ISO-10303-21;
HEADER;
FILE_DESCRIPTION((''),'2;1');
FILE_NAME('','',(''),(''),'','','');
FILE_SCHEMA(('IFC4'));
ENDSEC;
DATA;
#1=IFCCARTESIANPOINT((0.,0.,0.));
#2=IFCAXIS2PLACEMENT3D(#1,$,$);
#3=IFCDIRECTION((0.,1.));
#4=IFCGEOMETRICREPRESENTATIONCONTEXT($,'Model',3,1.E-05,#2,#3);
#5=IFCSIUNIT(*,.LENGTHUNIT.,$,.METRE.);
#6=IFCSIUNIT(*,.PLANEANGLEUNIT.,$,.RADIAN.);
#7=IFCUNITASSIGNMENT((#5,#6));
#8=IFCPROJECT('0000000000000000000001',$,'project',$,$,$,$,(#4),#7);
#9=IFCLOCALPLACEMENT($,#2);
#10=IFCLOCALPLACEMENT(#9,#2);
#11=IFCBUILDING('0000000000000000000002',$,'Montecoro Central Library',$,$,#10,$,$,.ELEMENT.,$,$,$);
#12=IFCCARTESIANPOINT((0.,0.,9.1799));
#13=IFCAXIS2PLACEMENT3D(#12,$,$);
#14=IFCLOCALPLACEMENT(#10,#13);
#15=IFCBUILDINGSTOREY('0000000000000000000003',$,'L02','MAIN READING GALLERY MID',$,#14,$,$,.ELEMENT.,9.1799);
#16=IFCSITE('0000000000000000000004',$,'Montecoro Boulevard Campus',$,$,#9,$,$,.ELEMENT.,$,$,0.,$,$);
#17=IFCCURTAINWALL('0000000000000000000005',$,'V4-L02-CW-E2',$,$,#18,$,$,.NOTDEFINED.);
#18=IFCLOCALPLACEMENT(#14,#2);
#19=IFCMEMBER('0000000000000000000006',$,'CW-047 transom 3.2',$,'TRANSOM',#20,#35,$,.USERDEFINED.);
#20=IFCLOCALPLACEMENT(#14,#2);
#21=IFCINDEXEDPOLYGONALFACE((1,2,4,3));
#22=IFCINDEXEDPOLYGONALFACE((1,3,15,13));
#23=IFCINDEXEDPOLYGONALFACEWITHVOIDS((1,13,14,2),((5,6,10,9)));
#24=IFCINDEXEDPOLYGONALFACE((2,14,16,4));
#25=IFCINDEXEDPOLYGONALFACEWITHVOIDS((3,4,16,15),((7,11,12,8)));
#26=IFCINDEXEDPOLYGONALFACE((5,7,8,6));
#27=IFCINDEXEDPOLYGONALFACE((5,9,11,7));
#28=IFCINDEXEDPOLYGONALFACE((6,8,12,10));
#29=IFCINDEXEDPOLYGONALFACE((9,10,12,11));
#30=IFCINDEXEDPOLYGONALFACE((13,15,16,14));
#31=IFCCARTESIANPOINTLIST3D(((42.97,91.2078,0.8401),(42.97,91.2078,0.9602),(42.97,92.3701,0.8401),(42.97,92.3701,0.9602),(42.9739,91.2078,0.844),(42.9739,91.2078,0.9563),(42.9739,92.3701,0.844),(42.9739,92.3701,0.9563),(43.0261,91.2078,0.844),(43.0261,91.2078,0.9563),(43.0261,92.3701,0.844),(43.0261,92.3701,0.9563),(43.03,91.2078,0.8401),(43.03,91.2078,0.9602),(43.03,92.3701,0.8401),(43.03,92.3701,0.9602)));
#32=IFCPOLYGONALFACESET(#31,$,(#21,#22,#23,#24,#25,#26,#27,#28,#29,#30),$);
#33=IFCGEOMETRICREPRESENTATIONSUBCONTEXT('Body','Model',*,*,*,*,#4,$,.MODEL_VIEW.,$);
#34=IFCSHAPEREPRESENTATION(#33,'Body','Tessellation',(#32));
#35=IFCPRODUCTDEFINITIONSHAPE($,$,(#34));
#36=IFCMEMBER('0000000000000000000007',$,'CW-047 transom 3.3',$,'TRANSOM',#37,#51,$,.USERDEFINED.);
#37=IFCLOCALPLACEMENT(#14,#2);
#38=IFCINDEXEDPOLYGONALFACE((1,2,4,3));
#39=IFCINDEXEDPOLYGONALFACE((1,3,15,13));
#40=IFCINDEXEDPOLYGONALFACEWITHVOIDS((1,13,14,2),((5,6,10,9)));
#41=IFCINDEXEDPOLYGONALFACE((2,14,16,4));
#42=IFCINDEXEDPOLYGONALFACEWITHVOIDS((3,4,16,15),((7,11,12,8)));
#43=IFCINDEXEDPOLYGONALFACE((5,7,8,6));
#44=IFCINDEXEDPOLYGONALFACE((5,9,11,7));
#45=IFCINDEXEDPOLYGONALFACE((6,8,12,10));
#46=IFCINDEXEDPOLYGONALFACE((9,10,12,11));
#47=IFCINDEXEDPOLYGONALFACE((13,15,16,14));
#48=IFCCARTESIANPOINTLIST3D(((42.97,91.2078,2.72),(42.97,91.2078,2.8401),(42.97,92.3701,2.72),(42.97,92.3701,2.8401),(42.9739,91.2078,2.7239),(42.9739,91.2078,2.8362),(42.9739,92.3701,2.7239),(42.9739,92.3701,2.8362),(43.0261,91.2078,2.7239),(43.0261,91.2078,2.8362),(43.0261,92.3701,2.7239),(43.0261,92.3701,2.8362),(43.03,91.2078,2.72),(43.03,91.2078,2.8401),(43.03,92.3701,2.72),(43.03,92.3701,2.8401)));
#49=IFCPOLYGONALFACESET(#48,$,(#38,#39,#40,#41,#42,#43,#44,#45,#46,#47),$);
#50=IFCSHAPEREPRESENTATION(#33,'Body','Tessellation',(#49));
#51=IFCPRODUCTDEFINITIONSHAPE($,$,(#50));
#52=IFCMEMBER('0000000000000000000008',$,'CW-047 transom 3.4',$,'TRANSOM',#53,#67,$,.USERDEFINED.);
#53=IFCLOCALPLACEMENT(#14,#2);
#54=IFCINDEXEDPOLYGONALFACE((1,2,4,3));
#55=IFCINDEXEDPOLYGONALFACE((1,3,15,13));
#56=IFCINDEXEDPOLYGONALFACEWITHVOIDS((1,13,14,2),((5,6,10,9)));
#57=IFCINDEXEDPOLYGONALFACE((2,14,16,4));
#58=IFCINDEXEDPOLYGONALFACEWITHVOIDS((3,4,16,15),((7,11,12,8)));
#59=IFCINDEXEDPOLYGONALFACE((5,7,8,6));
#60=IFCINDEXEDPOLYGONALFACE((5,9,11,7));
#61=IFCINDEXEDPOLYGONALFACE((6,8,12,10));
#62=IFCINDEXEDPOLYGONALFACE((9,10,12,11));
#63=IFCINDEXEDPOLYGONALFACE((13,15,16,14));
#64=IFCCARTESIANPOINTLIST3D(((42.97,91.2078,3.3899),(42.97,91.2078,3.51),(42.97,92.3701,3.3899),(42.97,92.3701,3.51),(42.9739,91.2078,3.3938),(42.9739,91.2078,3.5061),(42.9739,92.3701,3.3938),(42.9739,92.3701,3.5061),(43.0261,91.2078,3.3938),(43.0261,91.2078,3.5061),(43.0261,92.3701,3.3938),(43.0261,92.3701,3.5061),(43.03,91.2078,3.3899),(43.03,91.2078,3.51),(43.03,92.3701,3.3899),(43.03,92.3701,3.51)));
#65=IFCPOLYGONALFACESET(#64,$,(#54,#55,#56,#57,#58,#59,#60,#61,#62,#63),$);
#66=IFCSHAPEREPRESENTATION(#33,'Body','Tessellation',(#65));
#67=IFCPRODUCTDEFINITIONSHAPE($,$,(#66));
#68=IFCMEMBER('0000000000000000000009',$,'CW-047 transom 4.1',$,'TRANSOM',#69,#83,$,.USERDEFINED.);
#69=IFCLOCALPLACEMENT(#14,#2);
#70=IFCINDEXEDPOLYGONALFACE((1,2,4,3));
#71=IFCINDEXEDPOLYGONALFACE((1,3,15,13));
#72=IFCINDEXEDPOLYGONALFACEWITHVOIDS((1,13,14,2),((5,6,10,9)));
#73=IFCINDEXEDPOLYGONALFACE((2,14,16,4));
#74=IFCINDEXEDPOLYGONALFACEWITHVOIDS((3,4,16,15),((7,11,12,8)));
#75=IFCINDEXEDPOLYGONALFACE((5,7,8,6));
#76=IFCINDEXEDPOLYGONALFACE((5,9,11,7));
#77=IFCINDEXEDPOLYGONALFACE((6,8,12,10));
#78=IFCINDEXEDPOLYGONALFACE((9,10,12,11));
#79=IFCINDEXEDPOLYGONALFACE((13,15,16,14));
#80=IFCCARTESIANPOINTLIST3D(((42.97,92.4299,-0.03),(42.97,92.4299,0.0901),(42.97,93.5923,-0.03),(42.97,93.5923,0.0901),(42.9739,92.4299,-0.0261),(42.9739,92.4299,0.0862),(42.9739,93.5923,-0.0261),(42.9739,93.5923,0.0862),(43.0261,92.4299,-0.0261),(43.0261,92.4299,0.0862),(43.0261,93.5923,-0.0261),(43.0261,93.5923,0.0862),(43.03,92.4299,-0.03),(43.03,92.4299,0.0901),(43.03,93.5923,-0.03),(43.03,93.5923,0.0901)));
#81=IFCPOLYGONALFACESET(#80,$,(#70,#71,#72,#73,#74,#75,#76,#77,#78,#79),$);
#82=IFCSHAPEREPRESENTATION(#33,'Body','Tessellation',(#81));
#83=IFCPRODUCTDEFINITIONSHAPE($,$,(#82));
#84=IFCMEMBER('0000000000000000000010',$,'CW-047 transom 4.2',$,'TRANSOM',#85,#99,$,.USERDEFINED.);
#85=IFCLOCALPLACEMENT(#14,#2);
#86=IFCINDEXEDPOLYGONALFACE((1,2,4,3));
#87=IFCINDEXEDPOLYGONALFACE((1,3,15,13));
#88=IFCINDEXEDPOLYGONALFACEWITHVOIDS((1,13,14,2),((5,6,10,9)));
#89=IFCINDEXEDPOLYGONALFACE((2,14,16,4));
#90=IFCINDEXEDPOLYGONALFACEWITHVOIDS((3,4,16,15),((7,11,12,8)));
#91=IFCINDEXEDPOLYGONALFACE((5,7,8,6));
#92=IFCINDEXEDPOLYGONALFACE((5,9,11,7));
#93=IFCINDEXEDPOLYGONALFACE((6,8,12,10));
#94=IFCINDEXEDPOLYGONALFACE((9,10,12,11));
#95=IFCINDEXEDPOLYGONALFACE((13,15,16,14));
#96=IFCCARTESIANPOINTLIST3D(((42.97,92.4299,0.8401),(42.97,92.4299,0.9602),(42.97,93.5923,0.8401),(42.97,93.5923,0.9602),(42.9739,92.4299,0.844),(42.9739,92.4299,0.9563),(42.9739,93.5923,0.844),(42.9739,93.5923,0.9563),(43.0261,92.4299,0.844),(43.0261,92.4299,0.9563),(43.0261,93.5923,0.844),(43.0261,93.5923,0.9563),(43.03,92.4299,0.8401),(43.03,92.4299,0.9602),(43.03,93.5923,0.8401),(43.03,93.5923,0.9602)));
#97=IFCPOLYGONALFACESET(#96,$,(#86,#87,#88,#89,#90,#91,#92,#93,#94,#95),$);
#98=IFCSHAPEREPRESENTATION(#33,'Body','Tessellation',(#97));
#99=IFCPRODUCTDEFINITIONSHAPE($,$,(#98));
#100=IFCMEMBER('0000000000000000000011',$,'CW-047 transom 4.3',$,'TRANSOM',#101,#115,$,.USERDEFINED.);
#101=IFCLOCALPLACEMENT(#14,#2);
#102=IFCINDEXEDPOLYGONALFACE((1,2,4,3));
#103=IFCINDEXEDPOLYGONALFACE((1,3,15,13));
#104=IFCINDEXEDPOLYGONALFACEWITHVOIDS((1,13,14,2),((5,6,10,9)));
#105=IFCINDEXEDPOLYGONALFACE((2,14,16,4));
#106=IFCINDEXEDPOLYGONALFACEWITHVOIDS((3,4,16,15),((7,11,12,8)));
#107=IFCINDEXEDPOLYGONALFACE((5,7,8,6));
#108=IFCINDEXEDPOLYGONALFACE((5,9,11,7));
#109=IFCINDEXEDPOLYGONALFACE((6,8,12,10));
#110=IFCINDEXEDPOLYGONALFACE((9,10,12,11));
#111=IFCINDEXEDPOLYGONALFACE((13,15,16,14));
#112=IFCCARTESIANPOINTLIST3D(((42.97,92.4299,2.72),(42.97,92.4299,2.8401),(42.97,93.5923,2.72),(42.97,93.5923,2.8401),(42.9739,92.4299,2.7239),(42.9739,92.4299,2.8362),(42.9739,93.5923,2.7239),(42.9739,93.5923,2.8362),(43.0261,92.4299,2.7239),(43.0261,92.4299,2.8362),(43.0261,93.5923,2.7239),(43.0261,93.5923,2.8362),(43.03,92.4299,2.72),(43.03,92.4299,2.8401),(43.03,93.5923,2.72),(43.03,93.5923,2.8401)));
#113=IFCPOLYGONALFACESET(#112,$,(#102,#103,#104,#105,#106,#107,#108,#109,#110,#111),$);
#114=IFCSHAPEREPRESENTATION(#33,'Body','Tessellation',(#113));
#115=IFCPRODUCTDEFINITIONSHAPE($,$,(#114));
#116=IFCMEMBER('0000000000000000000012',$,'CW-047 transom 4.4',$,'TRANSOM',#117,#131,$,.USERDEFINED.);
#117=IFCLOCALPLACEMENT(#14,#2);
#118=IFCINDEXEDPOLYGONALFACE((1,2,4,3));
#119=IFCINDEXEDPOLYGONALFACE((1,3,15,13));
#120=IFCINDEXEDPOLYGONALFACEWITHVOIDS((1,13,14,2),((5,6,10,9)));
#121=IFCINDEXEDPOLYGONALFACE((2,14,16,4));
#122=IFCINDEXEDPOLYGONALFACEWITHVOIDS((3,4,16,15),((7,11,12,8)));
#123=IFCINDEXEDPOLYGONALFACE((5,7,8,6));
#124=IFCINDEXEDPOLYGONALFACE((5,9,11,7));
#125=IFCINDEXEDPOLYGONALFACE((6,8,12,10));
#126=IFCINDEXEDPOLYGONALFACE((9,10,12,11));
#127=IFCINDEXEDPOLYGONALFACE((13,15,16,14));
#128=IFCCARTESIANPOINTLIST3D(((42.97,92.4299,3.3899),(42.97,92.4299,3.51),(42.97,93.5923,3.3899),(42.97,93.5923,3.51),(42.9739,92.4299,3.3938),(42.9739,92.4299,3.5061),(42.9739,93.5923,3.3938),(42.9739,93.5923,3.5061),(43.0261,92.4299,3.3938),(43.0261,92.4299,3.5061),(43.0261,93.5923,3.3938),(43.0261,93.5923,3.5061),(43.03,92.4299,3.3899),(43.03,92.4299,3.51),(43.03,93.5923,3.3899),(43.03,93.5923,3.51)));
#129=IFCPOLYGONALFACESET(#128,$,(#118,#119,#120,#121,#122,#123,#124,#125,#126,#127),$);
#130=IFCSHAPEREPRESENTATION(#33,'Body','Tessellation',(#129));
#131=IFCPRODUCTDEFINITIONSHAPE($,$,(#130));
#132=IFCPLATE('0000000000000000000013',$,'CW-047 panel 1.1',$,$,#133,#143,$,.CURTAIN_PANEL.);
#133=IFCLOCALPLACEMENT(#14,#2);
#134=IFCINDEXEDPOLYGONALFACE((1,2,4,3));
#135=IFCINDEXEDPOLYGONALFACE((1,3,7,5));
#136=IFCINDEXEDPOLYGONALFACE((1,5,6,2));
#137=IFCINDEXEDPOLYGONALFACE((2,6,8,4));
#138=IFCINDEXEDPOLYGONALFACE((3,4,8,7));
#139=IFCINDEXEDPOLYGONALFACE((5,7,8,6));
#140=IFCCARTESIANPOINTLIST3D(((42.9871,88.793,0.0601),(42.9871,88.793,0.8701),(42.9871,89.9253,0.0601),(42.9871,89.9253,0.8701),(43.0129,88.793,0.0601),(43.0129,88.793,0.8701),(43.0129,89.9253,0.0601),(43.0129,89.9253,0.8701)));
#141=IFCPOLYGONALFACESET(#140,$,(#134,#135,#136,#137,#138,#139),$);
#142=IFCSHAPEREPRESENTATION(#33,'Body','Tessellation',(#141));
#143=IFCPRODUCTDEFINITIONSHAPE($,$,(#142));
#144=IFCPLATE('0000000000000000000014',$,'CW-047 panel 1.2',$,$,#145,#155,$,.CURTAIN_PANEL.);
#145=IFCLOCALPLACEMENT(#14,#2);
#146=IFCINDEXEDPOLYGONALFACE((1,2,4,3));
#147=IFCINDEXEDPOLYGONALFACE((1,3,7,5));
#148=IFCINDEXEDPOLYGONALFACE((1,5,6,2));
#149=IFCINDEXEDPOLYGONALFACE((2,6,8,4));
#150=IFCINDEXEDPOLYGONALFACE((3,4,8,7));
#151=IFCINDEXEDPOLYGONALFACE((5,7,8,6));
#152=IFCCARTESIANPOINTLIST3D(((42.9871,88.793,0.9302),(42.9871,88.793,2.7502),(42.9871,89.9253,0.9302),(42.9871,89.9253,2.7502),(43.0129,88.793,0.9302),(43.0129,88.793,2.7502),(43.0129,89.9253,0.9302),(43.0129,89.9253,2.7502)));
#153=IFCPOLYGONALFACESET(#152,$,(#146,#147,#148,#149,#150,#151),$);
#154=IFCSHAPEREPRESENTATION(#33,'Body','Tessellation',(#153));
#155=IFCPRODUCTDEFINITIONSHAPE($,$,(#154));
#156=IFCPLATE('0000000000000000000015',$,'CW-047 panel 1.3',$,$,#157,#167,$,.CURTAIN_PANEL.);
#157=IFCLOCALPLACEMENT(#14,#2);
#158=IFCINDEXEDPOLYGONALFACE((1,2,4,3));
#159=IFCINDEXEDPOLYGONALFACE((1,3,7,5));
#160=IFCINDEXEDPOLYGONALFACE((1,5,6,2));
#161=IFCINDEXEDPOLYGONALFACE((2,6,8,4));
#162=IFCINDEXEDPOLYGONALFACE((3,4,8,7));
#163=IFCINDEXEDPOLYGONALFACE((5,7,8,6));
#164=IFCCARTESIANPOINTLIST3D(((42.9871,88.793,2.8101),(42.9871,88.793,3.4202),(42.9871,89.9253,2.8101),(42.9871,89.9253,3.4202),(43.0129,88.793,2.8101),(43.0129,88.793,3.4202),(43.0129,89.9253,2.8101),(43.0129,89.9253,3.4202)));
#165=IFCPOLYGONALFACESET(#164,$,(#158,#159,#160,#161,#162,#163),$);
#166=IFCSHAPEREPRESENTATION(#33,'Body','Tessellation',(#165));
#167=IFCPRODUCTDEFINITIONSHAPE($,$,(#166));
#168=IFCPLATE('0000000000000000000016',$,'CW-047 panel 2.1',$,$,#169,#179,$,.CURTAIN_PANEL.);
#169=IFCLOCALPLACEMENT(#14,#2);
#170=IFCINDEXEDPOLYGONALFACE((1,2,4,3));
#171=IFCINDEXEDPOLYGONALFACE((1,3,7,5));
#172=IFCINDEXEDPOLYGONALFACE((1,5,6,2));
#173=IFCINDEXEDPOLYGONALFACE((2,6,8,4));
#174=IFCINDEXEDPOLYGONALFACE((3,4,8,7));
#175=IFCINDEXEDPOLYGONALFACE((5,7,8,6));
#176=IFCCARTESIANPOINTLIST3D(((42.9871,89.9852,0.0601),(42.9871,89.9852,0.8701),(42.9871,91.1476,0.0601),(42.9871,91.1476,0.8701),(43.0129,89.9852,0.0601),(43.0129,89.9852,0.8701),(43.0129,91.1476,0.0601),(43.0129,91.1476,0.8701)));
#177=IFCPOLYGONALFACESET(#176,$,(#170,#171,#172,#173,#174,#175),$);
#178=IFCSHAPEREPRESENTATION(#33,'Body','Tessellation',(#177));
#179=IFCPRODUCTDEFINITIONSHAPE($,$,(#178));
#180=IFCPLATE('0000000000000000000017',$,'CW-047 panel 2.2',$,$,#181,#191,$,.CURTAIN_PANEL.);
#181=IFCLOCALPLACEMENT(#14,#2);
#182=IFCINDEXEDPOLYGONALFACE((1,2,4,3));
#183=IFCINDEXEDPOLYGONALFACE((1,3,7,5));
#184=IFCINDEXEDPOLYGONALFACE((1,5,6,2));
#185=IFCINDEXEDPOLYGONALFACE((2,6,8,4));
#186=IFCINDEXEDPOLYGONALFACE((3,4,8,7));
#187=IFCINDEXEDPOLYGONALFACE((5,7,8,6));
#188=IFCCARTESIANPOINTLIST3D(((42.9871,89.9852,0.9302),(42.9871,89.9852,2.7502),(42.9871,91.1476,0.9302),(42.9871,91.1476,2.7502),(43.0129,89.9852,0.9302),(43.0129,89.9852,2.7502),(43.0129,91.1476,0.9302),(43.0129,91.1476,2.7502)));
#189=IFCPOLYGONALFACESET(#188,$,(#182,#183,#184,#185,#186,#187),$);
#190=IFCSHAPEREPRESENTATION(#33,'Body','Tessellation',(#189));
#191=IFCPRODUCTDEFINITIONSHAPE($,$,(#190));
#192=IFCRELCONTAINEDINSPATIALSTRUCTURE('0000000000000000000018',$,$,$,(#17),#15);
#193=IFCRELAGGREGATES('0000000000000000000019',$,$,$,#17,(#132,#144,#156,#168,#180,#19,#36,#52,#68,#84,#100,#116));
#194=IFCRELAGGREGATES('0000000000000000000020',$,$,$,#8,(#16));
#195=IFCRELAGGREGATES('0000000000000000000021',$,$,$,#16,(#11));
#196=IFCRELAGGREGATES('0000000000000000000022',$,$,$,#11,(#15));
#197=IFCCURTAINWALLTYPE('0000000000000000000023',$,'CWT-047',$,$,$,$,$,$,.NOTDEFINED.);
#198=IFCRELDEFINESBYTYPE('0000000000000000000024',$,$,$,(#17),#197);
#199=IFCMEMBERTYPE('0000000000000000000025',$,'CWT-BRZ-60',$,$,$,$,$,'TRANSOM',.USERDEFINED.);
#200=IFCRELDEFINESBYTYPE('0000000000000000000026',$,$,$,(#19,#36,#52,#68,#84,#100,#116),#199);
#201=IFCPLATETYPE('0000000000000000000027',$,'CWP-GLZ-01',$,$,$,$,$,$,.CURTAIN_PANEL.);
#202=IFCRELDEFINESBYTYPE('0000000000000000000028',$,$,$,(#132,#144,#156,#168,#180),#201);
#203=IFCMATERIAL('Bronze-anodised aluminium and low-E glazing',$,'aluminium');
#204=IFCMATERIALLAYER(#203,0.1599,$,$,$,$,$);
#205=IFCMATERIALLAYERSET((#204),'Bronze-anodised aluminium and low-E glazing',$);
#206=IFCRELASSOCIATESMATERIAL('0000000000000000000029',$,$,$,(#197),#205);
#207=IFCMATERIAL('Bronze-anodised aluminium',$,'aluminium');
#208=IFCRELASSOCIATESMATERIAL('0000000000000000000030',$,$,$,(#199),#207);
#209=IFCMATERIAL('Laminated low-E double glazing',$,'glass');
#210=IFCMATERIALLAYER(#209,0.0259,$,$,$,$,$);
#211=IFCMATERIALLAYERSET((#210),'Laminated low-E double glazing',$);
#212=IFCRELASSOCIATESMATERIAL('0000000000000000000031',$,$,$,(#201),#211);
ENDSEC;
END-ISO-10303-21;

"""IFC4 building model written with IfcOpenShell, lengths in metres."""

from ifc_helpers import new_model, si_unit, direction, frame, origin, origin_2d, place, context, subcontext, project, spatial, rectangle, hollow_rectangle, extrude, material, layer, layer_set, material_profile, profile_set, type_object, element, aggregate, save


model = new_model("IFC4")

# Units and contexts
model_context = context("Model", 3, precision=1e-05, world=origin(), true_north=direction((0.0, 1.0)))
body_context = subcontext(model_context, "Body", "Model", "MODEL_VIEW")
ifc_project = project(units=[si_unit("LENGTHUNIT", "METRE"), si_unit("PLANEANGLEUNIT", "RADIAN")], contexts=[model_context])

# Site, building, storey
site_placement = place(None, origin())
site = spatial("IfcSite", under=ifc_project, at=site_placement, Name="Montecoro Boulevard Campus", CompositionType="ELEMENT", RefElevation=0.0)
building_placement = place(site_placement, origin())
building = spatial("IfcBuilding", under=site, at=building_placement, Name="Montecoro Central Library", CompositionType="ELEMENT")
storey_placement = place(building_placement, frame((0.0, 0.0, 9.1799)))
storey = spatial("IfcBuildingStorey", under=building, at=storey_placement, Name="L02", Description="MAIN READING GALLERY MID", CompositionType="ELEMENT", Elevation=9.1799)

# Curtain wall, members, plates
ifc_material_1 = material(Name="Bronze-anodised aluminium and low-E glazing", Category="aluminium")
ifc_layer_1 = layer(ifc_material_1, 0.1599)
ifc_layer_set_1 = layer_set([ifc_layer_1], Name="Bronze-anodised aluminium and low-E glazing")
curtain_wall_type = type_object("IfcCurtainWallType", Name="CWT-047", PredefinedType="NOTDEFINED", material=ifc_layer_set_1)
curtain_wall_placement = place(storey_placement, origin())
curtain_wall = element("IfcCurtainWall", 1, at=curtain_wall_placement, inside=storey, type_object=curtain_wall_type, Name="V4-L02-CW-E2", PredefinedType="NOTDEFINED")
ifc_material_2 = material(Name="Bronze-anodised aluminium", Category="aluminium")
ifc_material_profile_1 = material_profile(ifc_material_2, hollow_rectangle(XDim=0.0601, YDim=0.1201, WallThickness=0.0039, at=origin_2d()), Name="CWT 120x60x4.0")
ifc_profile_set_1 = profile_set([ifc_material_profile_1], Name="Bronze-anodised aluminium")
member_type_1 = type_object("IfcMemberType", Name="CWT-BRZ-60", ElementType="TRANSOM", PredefinedType="USERDEFINED", material=ifc_profile_set_1)
member_1_placement = place(storey_placement, frame((43.0, 91.2078, 0.9001), z_axis=(0.0, 1.0, 0.0), x_axis=(-1.0, 0.0, 0.0)))
member_1 = element("IfcMember", 2, at=member_1_placement, type_object=member_type_1, Name="CW-047 transom 3.2", ObjectType="TRANSOM", PredefinedType="USERDEFINED", context=body_context, shape_type="SweptSolid", body=[
    extrude(hollow_rectangle(XDim=0.0601, YDim=0.1201, WallThickness=0.0039, at=origin_2d()), origin(), (0.0, 0.0, 1.0), 1.1624),
])
member_2_placement = place(storey_placement, frame((43.0, 91.2078, 2.78), z_axis=(0.0, 1.0, 0.0), x_axis=(-1.0, 0.0, 0.0)))
member_2 = element("IfcMember", 3, at=member_2_placement, type_object=member_type_1, Name="CW-047 transom 3.3", ObjectType="TRANSOM", PredefinedType="USERDEFINED", context=body_context, shape_type="SweptSolid", body=[
    extrude(hollow_rectangle(XDim=0.0601, YDim=0.1201, WallThickness=0.0039, at=origin_2d()), origin(), (0.0, 0.0, 1.0), 1.1624),
])
member_3_placement = place(storey_placement, frame((43.0, 91.2078, 3.45), z_axis=(0.0, 1.0, 0.0), x_axis=(-1.0, 0.0, 0.0)))
member_3 = element("IfcMember", 4, at=member_3_placement, type_object=member_type_1, Name="CW-047 transom 3.4", ObjectType="TRANSOM", PredefinedType="USERDEFINED", context=body_context, shape_type="SweptSolid", body=[
    extrude(hollow_rectangle(XDim=0.0601, YDim=0.1201, WallThickness=0.0039, at=origin_2d()), origin(), (0.0, 0.0, 1.0), 1.1624),
])
member_4_placement = place(storey_placement, frame((43.0, 92.4299, 0.03), z_axis=(0.0, 1.0, 0.0), x_axis=(-1.0, 0.0, 0.0)))
member_4 = element("IfcMember", 5, at=member_4_placement, type_object=member_type_1, Name="CW-047 transom 4.1", ObjectType="TRANSOM", PredefinedType="USERDEFINED", context=body_context, shape_type="SweptSolid", body=[
    extrude(hollow_rectangle(XDim=0.0601, YDim=0.1201, WallThickness=0.0039, at=origin_2d()), origin(), (0.0, 0.0, 1.0), 1.1624),
])
member_5_placement = place(storey_placement, frame((43.0, 92.4299, 0.9001), z_axis=(0.0, 1.0, 0.0), x_axis=(-1.0, 0.0, 0.0)))
member_5 = element("IfcMember", 6, at=member_5_placement, type_object=member_type_1, Name="CW-047 transom 4.2", ObjectType="TRANSOM", PredefinedType="USERDEFINED", context=body_context, shape_type="SweptSolid", body=[
    extrude(hollow_rectangle(XDim=0.0601, YDim=0.1201, WallThickness=0.0039, at=origin_2d()), origin(), (0.0, 0.0, 1.0), 1.1624),
])
member_6_placement = place(storey_placement, frame((43.0, 92.4299, 2.78), z_axis=(0.0, 1.0, 0.0), x_axis=(-1.0, 0.0, 0.0)))
member_6 = element("IfcMember", 7, at=member_6_placement, type_object=member_type_1, Name="CW-047 transom 4.3", ObjectType="TRANSOM", PredefinedType="USERDEFINED", context=body_context, shape_type="SweptSolid", body=[
    extrude(hollow_rectangle(XDim=0.0601, YDim=0.1201, WallThickness=0.0039, at=origin_2d()), origin(), (0.0, 0.0, 1.0), 1.1624),
])
member_7_placement = place(storey_placement, frame((43.0, 92.4299, 3.45), z_axis=(0.0, 1.0, 0.0), x_axis=(-1.0, 0.0, 0.0)))
member_7 = element("IfcMember", 8, at=member_7_placement, type_object=member_type_1, Name="CW-047 transom 4.4", ObjectType="TRANSOM", PredefinedType="USERDEFINED", context=body_context, shape_type="SweptSolid", body=[
    extrude(hollow_rectangle(XDim=0.0601, YDim=0.1201, WallThickness=0.0039, at=origin_2d()), origin(), (0.0, 0.0, 1.0), 1.1624),
])
ifc_material_3 = material(Name="Laminated low-E double glazing", Category="glass")
ifc_layer_2 = layer(ifc_material_3, 0.0259)
ifc_layer_set_2 = layer_set([ifc_layer_2], Name="Laminated low-E double glazing")
plate_type = type_object("IfcPlateType", Name="CWP-GLZ-01", PredefinedType="CURTAIN_PANEL", material=ifc_layer_set_2)
plate_1_placement = place(storey_placement, frame((43.0, 89.3591, 0.0601), z_axis=(0.0, 0.0, 1.0), x_axis=(0.0, 1.0, 0.0)))
plate_1 = element("IfcPlate", 9, at=plate_1_placement, type_object=plate_type, Name="CW-047 panel 1.1", PredefinedType="CURTAIN_PANEL", context=body_context, shape_type="SweptSolid", body=[
    extrude(rectangle(XDim=1.1323, YDim=0.0259, at=origin_2d()), origin(), (0.0, 0.0, 1.0), 0.8101),
])
plate_2_placement = place(storey_placement, frame((43.0, 89.3591, 0.9302), z_axis=(0.0, 0.0, 1.0), x_axis=(0.0, 1.0, 0.0)))
plate_2 = element("IfcPlate", 10, at=plate_2_placement, type_object=plate_type, Name="CW-047 panel 1.2", PredefinedType="CURTAIN_PANEL", context=body_context, shape_type="SweptSolid", body=[
    extrude(rectangle(XDim=1.1323, YDim=0.0259, at=origin_2d()), origin(), (0.0, 0.0, 1.0), 1.8201),
])
plate_3_placement = place(storey_placement, frame((43.0, 89.3591, 2.8101), z_axis=(0.0, 0.0, 1.0), x_axis=(0.0, 1.0, 0.0)))
plate_3 = element("IfcPlate", 11, at=plate_3_placement, type_object=plate_type, Name="CW-047 panel 1.3", PredefinedType="CURTAIN_PANEL", context=body_context, shape_type="SweptSolid", body=[
    extrude(rectangle(XDim=1.1323, YDim=0.0259, at=origin_2d()), origin(), (0.0, 0.0, 1.0), 0.6101),
])
plate_4_placement = place(storey_placement, frame((43.0, 90.5664, 0.0601), z_axis=(0.0, 0.0, 1.0), x_axis=(0.0, 1.0, 0.0)))
plate_4 = element("IfcPlate", 12, at=plate_4_placement, type_object=plate_type, Name="CW-047 panel 2.1", PredefinedType="CURTAIN_PANEL", context=body_context, shape_type="SweptSolid", body=[
    extrude(rectangle(XDim=1.1624, YDim=0.0259, at=origin_2d()), origin(), (0.0, 0.0, 1.0), 0.8101),
])
plate_5_placement = place(storey_placement, frame((43.0, 90.5664, 0.9302), z_axis=(0.0, 0.0, 1.0), x_axis=(0.0, 1.0, 0.0)))
plate_5 = element("IfcPlate", 13, at=plate_5_placement, type_object=plate_type, Name="CW-047 panel 2.2", PredefinedType="CURTAIN_PANEL", context=body_context, shape_type="SweptSolid", body=[
    extrude(rectangle(XDim=1.1624, YDim=0.0259, at=origin_2d()), origin(), (0.0, 0.0, 1.0), 1.8201),
])
aggregate(curtain_wall, [plate_1, plate_2, plate_3, plate_4, plate_5, member_1, member_2, member_3, member_4, member_5, member_6, member_7])

save(model, "model.ifc")
